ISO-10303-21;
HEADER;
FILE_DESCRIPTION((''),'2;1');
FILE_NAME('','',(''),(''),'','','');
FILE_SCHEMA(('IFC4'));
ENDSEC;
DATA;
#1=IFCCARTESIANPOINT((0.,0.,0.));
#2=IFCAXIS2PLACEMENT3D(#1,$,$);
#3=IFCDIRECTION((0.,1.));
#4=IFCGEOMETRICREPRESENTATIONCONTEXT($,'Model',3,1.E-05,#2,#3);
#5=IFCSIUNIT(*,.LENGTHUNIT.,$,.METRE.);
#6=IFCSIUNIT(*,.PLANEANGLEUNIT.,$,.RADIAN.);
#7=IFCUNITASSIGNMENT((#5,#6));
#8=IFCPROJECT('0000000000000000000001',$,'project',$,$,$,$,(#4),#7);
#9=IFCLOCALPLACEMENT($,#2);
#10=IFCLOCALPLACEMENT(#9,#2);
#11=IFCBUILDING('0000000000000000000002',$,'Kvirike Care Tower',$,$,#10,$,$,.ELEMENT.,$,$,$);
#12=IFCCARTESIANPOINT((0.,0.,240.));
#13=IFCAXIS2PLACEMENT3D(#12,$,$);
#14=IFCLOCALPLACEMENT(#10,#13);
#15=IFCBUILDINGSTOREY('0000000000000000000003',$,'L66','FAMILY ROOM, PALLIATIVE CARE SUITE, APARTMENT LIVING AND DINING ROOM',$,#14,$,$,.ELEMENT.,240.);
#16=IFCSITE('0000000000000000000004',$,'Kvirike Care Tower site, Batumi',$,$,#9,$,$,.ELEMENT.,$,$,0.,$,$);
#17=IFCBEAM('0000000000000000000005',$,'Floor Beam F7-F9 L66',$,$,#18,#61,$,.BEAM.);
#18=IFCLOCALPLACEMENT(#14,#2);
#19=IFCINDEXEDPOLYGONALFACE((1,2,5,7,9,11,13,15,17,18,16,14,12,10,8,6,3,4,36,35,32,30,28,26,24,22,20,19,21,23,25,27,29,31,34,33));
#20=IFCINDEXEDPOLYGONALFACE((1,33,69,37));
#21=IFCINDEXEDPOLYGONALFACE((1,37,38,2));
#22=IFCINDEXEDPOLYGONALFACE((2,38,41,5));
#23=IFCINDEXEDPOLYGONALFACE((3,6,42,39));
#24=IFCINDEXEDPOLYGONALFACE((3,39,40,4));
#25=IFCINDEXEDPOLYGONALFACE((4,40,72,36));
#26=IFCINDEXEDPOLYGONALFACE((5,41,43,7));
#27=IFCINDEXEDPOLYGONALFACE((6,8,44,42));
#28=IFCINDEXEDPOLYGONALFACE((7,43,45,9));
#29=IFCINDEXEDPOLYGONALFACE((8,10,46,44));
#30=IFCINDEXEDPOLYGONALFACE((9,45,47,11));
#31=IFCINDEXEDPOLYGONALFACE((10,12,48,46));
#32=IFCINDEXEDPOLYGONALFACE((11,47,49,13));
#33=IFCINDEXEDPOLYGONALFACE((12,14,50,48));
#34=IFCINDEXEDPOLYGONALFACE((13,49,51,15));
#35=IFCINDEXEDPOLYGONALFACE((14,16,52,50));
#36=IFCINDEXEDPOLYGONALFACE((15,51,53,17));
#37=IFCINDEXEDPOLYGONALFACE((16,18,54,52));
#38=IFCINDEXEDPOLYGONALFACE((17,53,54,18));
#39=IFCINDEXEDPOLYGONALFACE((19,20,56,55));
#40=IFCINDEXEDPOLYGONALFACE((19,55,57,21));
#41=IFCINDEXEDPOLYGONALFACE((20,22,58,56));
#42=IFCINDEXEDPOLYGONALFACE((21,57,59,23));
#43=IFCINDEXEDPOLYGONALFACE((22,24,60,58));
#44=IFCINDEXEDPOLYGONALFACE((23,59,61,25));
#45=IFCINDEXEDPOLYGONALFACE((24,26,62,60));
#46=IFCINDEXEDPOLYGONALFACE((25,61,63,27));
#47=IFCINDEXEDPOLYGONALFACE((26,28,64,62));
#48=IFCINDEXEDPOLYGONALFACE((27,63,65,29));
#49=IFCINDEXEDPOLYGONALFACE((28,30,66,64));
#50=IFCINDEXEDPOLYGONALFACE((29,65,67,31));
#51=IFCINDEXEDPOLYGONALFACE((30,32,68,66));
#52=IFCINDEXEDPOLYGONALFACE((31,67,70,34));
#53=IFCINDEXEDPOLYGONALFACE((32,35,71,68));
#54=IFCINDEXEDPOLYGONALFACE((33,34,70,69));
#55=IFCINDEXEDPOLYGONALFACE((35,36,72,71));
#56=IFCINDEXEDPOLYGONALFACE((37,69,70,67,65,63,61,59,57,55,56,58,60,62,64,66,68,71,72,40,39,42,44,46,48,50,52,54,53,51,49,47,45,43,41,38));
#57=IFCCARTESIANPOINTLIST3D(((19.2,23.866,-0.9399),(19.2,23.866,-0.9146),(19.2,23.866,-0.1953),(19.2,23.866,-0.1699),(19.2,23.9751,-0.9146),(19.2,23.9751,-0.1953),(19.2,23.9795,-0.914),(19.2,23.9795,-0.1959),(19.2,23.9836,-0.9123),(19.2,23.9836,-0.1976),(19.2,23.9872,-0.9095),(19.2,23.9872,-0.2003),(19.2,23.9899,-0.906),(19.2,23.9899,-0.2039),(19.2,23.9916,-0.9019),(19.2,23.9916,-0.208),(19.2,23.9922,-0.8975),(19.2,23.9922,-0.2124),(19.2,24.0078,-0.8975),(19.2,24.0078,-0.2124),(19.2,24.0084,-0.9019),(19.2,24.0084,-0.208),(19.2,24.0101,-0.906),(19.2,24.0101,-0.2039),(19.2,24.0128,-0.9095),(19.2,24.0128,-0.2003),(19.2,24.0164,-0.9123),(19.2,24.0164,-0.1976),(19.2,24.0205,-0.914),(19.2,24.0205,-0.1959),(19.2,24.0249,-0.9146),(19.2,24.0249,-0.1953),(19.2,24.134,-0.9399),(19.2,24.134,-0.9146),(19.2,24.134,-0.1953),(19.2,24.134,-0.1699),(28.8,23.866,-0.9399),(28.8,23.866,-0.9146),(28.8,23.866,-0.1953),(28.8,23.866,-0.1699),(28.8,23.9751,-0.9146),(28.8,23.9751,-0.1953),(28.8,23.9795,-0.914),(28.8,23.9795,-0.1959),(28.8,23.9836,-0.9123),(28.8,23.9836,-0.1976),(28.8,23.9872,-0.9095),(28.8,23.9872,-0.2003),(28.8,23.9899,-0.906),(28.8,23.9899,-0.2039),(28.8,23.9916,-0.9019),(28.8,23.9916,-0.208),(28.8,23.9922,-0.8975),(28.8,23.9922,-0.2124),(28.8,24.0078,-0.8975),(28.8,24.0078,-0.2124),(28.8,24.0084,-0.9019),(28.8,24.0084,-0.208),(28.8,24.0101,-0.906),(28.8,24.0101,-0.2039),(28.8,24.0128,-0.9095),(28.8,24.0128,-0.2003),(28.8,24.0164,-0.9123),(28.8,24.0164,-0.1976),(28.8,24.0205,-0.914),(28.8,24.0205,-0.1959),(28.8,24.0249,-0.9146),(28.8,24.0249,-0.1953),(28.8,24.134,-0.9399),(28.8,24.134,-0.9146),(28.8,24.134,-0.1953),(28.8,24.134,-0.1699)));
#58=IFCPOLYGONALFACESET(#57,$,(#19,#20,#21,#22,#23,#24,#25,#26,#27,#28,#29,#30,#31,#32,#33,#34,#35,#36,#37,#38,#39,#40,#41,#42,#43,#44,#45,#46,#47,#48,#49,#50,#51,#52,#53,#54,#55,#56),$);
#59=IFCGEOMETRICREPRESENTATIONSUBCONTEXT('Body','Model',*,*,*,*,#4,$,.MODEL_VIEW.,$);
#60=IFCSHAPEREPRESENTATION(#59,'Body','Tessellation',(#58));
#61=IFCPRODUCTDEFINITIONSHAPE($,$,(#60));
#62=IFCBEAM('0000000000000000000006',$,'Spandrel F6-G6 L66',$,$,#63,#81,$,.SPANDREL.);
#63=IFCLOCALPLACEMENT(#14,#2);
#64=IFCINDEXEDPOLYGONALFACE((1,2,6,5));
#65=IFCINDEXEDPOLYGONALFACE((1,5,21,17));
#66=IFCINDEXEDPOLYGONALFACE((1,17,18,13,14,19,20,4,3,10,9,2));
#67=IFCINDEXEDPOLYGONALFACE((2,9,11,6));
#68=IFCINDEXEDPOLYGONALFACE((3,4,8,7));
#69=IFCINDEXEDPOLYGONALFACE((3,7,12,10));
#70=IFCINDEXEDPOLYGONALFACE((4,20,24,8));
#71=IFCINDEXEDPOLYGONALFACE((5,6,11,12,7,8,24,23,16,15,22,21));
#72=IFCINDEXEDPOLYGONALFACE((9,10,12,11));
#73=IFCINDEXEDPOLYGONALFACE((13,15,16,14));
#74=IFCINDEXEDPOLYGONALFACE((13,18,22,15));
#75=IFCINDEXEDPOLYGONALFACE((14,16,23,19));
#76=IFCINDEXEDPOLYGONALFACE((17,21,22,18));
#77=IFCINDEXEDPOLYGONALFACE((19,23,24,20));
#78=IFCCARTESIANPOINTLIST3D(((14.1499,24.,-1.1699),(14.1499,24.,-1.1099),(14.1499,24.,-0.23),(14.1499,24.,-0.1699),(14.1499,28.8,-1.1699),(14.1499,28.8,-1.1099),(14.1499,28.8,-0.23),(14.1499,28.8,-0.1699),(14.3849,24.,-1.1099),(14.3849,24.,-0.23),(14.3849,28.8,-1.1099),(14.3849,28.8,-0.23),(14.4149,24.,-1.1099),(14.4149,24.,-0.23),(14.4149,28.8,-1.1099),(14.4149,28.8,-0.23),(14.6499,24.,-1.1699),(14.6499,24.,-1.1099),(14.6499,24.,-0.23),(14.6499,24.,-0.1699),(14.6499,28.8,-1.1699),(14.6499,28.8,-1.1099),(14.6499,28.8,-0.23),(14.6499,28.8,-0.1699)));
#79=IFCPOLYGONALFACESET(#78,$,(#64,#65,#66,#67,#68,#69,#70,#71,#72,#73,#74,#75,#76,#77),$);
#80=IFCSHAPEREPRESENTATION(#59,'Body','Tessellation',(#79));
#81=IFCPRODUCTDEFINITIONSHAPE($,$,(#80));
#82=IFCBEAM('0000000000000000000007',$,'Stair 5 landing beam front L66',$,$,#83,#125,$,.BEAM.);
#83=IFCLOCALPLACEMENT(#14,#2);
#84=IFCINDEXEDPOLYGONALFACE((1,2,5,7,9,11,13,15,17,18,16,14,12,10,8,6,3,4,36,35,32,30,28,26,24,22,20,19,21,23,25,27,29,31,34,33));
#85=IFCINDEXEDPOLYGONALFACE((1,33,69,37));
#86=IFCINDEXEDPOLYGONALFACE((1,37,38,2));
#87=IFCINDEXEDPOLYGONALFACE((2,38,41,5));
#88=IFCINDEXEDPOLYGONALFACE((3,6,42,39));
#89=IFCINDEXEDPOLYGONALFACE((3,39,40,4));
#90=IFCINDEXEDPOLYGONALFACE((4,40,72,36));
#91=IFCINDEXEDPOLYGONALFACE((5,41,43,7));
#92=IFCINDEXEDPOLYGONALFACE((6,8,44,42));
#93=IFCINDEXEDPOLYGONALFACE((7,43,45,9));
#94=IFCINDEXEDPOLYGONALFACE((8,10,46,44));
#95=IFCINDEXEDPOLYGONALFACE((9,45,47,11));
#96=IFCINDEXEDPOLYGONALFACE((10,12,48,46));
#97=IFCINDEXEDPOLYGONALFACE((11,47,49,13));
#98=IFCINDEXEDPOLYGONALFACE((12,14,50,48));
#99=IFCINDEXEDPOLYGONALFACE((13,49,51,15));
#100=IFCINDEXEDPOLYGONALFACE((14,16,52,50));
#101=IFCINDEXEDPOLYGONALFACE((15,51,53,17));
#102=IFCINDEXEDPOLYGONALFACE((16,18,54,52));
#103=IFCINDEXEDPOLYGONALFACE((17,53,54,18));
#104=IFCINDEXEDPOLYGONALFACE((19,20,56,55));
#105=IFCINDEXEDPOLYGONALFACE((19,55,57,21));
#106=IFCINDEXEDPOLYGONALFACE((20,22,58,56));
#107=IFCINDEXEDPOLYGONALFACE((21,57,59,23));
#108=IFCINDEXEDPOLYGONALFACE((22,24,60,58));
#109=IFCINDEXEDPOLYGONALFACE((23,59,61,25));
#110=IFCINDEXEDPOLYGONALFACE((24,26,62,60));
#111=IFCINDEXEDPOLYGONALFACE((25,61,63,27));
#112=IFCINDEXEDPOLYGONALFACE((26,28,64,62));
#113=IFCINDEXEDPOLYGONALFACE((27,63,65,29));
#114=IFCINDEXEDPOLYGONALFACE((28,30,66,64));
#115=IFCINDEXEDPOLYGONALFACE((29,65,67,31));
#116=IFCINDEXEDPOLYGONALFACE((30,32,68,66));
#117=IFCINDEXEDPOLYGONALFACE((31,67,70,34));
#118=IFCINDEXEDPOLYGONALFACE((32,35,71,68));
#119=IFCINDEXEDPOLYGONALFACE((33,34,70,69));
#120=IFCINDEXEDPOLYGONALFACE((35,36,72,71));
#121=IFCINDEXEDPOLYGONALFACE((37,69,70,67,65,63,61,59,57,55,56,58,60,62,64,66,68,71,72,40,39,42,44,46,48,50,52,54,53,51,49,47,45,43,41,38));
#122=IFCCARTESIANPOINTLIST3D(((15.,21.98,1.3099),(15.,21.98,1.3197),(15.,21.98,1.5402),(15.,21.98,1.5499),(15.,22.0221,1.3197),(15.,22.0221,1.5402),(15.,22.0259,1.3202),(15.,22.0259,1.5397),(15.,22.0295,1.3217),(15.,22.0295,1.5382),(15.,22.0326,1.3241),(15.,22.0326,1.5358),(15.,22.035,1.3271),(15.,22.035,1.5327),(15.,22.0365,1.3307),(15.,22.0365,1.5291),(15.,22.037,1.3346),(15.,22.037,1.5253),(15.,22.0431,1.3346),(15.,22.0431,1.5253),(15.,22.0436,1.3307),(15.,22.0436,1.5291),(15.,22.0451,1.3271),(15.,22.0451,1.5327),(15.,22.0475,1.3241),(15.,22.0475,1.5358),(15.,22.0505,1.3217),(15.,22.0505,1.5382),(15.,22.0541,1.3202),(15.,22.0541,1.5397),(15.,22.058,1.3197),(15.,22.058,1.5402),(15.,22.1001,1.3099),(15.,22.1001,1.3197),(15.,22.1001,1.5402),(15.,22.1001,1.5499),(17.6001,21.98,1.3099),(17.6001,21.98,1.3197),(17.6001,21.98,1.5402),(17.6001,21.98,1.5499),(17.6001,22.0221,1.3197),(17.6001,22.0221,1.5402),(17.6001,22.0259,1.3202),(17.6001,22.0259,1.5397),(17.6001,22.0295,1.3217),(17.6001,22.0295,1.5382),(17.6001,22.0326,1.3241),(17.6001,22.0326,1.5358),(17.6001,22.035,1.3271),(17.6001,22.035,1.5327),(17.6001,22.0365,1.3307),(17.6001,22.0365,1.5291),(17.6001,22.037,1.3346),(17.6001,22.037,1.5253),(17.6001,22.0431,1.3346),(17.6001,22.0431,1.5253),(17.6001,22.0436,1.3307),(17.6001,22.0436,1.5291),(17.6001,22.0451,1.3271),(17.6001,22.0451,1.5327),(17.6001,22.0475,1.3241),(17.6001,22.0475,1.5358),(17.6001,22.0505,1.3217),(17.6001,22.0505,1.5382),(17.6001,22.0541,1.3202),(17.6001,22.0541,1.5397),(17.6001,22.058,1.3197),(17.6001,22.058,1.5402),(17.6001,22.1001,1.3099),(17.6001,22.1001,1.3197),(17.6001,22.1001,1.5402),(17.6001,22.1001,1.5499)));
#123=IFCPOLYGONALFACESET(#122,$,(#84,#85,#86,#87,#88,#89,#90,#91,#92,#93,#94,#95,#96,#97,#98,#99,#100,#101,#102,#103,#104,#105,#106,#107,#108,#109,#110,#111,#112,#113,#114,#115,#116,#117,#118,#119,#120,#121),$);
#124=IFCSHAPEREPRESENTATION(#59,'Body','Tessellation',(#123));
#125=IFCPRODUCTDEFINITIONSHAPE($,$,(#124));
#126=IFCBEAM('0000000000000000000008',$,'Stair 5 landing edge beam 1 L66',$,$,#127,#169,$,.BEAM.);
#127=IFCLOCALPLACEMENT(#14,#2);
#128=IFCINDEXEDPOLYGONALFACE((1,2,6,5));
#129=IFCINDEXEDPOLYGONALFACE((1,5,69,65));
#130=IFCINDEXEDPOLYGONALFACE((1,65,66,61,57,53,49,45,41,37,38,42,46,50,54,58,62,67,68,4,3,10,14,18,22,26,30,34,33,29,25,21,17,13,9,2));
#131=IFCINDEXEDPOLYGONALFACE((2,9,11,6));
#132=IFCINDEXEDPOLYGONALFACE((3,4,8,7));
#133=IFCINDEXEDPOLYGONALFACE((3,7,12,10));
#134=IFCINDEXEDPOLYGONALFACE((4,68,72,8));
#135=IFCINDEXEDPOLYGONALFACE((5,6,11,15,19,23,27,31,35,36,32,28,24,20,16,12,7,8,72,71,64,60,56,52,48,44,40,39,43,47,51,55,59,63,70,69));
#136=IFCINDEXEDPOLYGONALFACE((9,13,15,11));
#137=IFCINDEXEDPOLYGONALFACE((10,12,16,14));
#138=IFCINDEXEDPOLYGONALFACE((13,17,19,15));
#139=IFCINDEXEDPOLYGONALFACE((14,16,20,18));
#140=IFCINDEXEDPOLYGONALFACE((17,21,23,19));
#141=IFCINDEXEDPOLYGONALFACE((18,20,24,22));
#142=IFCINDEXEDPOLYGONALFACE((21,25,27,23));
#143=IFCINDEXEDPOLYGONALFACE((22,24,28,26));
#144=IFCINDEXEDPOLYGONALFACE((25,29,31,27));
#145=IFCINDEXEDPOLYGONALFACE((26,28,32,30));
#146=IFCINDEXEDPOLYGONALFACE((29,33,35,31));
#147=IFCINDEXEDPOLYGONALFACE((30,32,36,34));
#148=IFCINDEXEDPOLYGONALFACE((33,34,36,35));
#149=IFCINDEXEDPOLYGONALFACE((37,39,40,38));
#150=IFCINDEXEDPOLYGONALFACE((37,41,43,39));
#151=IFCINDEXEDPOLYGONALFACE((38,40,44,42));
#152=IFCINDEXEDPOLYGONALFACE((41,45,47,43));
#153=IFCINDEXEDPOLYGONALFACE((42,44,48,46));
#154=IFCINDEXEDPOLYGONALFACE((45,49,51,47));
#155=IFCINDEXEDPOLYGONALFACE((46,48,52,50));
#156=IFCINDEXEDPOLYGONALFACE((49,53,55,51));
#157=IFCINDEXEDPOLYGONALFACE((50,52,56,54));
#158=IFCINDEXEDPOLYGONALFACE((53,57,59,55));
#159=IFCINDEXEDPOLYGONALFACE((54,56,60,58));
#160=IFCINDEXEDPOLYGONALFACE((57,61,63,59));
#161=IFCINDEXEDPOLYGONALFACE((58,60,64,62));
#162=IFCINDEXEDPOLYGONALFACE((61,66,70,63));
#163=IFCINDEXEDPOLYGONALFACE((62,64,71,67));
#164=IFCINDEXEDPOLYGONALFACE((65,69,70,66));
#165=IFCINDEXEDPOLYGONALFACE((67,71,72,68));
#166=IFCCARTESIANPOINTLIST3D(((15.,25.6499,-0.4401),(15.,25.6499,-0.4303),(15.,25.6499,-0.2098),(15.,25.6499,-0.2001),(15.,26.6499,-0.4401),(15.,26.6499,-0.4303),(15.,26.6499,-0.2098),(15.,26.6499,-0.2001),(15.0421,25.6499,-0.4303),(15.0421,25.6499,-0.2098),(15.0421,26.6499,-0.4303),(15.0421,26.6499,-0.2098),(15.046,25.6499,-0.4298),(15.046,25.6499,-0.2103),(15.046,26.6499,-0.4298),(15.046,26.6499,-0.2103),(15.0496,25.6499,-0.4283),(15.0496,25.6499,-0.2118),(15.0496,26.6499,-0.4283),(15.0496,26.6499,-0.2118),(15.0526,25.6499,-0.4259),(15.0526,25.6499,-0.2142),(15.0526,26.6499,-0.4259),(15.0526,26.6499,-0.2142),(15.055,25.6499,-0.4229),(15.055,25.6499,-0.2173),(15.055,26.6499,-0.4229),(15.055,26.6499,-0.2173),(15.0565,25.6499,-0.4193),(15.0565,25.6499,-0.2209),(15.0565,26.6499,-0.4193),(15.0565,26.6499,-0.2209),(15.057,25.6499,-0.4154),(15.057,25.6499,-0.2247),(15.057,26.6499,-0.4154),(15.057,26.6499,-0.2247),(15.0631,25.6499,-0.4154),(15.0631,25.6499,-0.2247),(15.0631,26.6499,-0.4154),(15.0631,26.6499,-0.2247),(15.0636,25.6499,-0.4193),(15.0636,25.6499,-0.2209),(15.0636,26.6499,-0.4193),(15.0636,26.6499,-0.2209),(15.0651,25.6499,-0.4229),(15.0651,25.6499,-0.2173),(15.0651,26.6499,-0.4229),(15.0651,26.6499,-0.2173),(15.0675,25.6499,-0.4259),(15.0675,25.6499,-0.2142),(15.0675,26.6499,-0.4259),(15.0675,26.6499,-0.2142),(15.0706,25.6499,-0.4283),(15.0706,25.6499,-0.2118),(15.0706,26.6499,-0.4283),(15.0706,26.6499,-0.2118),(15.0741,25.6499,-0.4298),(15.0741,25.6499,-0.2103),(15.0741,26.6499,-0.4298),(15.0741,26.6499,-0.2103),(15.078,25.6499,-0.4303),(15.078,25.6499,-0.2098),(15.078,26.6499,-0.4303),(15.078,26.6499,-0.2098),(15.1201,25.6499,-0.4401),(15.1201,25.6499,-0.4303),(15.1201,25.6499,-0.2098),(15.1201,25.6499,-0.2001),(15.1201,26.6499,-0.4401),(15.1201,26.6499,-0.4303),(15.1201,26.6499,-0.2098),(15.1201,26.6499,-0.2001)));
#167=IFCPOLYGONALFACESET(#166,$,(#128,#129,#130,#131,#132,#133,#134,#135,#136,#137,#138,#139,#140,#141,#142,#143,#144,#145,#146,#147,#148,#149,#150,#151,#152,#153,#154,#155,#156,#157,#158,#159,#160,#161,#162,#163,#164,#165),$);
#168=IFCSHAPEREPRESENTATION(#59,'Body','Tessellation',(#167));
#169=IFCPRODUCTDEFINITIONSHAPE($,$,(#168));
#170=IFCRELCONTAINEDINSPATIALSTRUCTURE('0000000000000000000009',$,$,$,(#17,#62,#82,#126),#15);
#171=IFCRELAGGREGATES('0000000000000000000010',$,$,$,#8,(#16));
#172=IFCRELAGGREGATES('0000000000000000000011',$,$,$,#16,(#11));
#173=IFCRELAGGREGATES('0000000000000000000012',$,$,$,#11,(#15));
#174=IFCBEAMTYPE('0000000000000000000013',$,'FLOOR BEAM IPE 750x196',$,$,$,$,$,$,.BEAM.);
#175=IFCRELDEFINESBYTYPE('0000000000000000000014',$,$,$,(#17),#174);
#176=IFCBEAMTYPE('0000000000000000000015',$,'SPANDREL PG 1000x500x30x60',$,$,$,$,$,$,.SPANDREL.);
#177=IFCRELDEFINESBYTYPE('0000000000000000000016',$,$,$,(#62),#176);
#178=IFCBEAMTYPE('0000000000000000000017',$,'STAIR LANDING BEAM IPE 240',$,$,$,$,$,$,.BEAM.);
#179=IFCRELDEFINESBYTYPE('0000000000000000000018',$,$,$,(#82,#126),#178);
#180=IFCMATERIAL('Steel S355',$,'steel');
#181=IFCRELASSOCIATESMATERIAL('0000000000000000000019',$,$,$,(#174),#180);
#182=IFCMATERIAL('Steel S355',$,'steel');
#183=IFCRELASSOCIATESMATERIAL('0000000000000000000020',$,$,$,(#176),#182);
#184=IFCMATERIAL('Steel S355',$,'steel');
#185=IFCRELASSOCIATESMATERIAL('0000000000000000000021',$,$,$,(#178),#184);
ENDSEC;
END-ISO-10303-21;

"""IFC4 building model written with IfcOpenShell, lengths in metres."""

from ifc_helpers import new_model, si_unit, direction, frame, origin, origin_2d, place, context, subcontext, project, spatial, i_section, extrude, material, material_profile, profile_set, type_object, element, save


model = new_model("IFC4")

# Units and contexts
model_context = context("Model", 3, precision=1e-05, world=origin(), true_north=direction((0.0, 1.0)))
body_context = subcontext(model_context, "Body", "Model", "MODEL_VIEW")
ifc_project = project(units=[si_unit("LENGTHUNIT", "METRE"), si_unit("PLANEANGLEUNIT", "RADIAN")], contexts=[model_context])

# Site, building, storey
site_placement = place(None, origin())
site = spatial("IfcSite", under=ifc_project, at=site_placement, Name="Kvirike Care Tower site, Batumi", CompositionType="ELEMENT", RefElevation=0.0)
building_placement = place(site_placement, origin())
building = spatial("IfcBuilding", under=site, at=building_placement, Name="Kvirike Care Tower", CompositionType="ELEMENT")
storey_placement = place(building_placement, frame((0.0, 0.0, 240.0)))
storey = spatial("IfcBuildingStorey", under=building, at=storey_placement, Name="L66", Description="FAMILY ROOM, PALLIATIVE CARE SUITE, APARTMENT LIVING AND DINING ROOM", CompositionType="ELEMENT", Elevation=240.0)

# Beams
ifc_material_1 = material(Name="Steel S355", Category="steel")
ifc_material_profile_1 = material_profile(ifc_material_1, i_section(OverallWidth=0.2681, OverallDepth=0.77, WebThickness=0.0156, FlangeThickness=0.0254, FilletRadius=0.0171, at=origin_2d()), Name="IPE 750x196")
ifc_profile_set_1 = profile_set([ifc_material_profile_1], Name="Steel S355")
beam_type_1 = type_object("IfcBeamType", Name="FLOOR BEAM IPE 750x196", PredefinedType="BEAM", material=ifc_profile_set_1)
beam_1_placement = place(storey_placement, frame((19.2, 24.0, -0.5549), z_axis=(1.0, 0.0, 0.0), x_axis=(0.0, 1.0, 0.0)))
element("IfcBeam", 1, at=beam_1_placement, inside=storey, type_object=beam_type_1, Name="Floor Beam F7-F9 L66", PredefinedType="BEAM", context=body_context, shape_type="SweptSolid", body=[
    extrude(i_section(OverallWidth=0.2681, OverallDepth=0.77, WebThickness=0.0156, FlangeThickness=0.0254, FilletRadius=0.0171, at=origin_2d()), origin(), (0.0, 0.0, 1.0), 9.6001),
])
ifc_material_2 = material(Name="Steel S355", Category="steel")
ifc_material_profile_2 = material_profile(ifc_material_2, i_section(OverallWidth=0.5, OverallDepth=1.0, WebThickness=0.03, FlangeThickness=0.0601, at=origin_2d()), Name="PG 1000x500x30x60")
ifc_profile_set_2 = profile_set([ifc_material_profile_2], Name="Steel S355")
beam_type_2 = type_object("IfcBeamType", Name="SPANDREL PG 1000x500x30x60", PredefinedType="SPANDREL", material=ifc_profile_set_2)
beam_2_placement = place(storey_placement, frame((14.3999, 24.0, -0.6699), z_axis=(0.0, 1.0, 0.0), x_axis=(-1.0, 0.0, 0.0)))
element("IfcBeam", 2, at=beam_2_placement, inside=storey, type_object=beam_type_2, Name="Spandrel F6-G6 L66", PredefinedType="SPANDREL", context=body_context, shape_type="SweptSolid", body=[
    extrude(i_section(OverallWidth=0.5, OverallDepth=1.0, WebThickness=0.03, FlangeThickness=0.0601, at=origin_2d()), origin(), (0.0, 0.0, 1.0), 4.8),
])
ifc_material_3 = material(Name="Steel S355", Category="steel")
ifc_material_profile_3 = material_profile(ifc_material_3, i_section(OverallWidth=0.1201, OverallDepth=0.24, WebThickness=0.0061, FlangeThickness=0.0098, FilletRadius=0.0149, at=origin_2d()), Name="IPE 240")
ifc_profile_set_3 = profile_set([ifc_material_profile_3], Name="Steel S355")
beam_type_3 = type_object("IfcBeamType", Name="STAIR LANDING BEAM IPE 240", PredefinedType="BEAM", material=ifc_profile_set_3)
beam_3_placement = place(storey_placement, frame((15.0, 22.04, 1.4299), z_axis=(1.0, 0.0, 0.0), x_axis=(0.0, 1.0, 0.0)))
element("IfcBeam", 3, at=beam_3_placement, inside=storey, type_object=beam_type_3, Name="Stair 5 landing beam front L66", PredefinedType="BEAM", context=body_context, shape_type="SweptSolid", body=[
    extrude(i_section(OverallWidth=0.1201, OverallDepth=0.24, WebThickness=0.0061, FlangeThickness=0.0098, FilletRadius=0.0149, at=origin_2d()), origin(), (0.0, 0.0, 1.0), 2.6001),
])
for number, where, z_axis, x_axis, name in (
    (4, (15.0601, 25.6499, -0.3201), (0.0, 1.0, 0.0), (-1.0, 0.0, 0.0), "Stair 5 landing edge beam 1 L66"),
):
    element("IfcBeam", number, at=place(storey_placement, frame(where, z_axis=z_axis, x_axis=x_axis)), inside=storey, type_object=beam_type_3, Name=name, PredefinedType="BEAM", context=body_context, shape_type="SweptSolid", body=[
        extrude(i_section(OverallWidth=0.1201, OverallDepth=0.24, WebThickness=0.0061, FlangeThickness=0.0098, FilletRadius=0.0149, at=origin_2d()), origin(), (0.0, 0.0, 1.0), 1.0),
    ])

save(model, "model.ifc")
